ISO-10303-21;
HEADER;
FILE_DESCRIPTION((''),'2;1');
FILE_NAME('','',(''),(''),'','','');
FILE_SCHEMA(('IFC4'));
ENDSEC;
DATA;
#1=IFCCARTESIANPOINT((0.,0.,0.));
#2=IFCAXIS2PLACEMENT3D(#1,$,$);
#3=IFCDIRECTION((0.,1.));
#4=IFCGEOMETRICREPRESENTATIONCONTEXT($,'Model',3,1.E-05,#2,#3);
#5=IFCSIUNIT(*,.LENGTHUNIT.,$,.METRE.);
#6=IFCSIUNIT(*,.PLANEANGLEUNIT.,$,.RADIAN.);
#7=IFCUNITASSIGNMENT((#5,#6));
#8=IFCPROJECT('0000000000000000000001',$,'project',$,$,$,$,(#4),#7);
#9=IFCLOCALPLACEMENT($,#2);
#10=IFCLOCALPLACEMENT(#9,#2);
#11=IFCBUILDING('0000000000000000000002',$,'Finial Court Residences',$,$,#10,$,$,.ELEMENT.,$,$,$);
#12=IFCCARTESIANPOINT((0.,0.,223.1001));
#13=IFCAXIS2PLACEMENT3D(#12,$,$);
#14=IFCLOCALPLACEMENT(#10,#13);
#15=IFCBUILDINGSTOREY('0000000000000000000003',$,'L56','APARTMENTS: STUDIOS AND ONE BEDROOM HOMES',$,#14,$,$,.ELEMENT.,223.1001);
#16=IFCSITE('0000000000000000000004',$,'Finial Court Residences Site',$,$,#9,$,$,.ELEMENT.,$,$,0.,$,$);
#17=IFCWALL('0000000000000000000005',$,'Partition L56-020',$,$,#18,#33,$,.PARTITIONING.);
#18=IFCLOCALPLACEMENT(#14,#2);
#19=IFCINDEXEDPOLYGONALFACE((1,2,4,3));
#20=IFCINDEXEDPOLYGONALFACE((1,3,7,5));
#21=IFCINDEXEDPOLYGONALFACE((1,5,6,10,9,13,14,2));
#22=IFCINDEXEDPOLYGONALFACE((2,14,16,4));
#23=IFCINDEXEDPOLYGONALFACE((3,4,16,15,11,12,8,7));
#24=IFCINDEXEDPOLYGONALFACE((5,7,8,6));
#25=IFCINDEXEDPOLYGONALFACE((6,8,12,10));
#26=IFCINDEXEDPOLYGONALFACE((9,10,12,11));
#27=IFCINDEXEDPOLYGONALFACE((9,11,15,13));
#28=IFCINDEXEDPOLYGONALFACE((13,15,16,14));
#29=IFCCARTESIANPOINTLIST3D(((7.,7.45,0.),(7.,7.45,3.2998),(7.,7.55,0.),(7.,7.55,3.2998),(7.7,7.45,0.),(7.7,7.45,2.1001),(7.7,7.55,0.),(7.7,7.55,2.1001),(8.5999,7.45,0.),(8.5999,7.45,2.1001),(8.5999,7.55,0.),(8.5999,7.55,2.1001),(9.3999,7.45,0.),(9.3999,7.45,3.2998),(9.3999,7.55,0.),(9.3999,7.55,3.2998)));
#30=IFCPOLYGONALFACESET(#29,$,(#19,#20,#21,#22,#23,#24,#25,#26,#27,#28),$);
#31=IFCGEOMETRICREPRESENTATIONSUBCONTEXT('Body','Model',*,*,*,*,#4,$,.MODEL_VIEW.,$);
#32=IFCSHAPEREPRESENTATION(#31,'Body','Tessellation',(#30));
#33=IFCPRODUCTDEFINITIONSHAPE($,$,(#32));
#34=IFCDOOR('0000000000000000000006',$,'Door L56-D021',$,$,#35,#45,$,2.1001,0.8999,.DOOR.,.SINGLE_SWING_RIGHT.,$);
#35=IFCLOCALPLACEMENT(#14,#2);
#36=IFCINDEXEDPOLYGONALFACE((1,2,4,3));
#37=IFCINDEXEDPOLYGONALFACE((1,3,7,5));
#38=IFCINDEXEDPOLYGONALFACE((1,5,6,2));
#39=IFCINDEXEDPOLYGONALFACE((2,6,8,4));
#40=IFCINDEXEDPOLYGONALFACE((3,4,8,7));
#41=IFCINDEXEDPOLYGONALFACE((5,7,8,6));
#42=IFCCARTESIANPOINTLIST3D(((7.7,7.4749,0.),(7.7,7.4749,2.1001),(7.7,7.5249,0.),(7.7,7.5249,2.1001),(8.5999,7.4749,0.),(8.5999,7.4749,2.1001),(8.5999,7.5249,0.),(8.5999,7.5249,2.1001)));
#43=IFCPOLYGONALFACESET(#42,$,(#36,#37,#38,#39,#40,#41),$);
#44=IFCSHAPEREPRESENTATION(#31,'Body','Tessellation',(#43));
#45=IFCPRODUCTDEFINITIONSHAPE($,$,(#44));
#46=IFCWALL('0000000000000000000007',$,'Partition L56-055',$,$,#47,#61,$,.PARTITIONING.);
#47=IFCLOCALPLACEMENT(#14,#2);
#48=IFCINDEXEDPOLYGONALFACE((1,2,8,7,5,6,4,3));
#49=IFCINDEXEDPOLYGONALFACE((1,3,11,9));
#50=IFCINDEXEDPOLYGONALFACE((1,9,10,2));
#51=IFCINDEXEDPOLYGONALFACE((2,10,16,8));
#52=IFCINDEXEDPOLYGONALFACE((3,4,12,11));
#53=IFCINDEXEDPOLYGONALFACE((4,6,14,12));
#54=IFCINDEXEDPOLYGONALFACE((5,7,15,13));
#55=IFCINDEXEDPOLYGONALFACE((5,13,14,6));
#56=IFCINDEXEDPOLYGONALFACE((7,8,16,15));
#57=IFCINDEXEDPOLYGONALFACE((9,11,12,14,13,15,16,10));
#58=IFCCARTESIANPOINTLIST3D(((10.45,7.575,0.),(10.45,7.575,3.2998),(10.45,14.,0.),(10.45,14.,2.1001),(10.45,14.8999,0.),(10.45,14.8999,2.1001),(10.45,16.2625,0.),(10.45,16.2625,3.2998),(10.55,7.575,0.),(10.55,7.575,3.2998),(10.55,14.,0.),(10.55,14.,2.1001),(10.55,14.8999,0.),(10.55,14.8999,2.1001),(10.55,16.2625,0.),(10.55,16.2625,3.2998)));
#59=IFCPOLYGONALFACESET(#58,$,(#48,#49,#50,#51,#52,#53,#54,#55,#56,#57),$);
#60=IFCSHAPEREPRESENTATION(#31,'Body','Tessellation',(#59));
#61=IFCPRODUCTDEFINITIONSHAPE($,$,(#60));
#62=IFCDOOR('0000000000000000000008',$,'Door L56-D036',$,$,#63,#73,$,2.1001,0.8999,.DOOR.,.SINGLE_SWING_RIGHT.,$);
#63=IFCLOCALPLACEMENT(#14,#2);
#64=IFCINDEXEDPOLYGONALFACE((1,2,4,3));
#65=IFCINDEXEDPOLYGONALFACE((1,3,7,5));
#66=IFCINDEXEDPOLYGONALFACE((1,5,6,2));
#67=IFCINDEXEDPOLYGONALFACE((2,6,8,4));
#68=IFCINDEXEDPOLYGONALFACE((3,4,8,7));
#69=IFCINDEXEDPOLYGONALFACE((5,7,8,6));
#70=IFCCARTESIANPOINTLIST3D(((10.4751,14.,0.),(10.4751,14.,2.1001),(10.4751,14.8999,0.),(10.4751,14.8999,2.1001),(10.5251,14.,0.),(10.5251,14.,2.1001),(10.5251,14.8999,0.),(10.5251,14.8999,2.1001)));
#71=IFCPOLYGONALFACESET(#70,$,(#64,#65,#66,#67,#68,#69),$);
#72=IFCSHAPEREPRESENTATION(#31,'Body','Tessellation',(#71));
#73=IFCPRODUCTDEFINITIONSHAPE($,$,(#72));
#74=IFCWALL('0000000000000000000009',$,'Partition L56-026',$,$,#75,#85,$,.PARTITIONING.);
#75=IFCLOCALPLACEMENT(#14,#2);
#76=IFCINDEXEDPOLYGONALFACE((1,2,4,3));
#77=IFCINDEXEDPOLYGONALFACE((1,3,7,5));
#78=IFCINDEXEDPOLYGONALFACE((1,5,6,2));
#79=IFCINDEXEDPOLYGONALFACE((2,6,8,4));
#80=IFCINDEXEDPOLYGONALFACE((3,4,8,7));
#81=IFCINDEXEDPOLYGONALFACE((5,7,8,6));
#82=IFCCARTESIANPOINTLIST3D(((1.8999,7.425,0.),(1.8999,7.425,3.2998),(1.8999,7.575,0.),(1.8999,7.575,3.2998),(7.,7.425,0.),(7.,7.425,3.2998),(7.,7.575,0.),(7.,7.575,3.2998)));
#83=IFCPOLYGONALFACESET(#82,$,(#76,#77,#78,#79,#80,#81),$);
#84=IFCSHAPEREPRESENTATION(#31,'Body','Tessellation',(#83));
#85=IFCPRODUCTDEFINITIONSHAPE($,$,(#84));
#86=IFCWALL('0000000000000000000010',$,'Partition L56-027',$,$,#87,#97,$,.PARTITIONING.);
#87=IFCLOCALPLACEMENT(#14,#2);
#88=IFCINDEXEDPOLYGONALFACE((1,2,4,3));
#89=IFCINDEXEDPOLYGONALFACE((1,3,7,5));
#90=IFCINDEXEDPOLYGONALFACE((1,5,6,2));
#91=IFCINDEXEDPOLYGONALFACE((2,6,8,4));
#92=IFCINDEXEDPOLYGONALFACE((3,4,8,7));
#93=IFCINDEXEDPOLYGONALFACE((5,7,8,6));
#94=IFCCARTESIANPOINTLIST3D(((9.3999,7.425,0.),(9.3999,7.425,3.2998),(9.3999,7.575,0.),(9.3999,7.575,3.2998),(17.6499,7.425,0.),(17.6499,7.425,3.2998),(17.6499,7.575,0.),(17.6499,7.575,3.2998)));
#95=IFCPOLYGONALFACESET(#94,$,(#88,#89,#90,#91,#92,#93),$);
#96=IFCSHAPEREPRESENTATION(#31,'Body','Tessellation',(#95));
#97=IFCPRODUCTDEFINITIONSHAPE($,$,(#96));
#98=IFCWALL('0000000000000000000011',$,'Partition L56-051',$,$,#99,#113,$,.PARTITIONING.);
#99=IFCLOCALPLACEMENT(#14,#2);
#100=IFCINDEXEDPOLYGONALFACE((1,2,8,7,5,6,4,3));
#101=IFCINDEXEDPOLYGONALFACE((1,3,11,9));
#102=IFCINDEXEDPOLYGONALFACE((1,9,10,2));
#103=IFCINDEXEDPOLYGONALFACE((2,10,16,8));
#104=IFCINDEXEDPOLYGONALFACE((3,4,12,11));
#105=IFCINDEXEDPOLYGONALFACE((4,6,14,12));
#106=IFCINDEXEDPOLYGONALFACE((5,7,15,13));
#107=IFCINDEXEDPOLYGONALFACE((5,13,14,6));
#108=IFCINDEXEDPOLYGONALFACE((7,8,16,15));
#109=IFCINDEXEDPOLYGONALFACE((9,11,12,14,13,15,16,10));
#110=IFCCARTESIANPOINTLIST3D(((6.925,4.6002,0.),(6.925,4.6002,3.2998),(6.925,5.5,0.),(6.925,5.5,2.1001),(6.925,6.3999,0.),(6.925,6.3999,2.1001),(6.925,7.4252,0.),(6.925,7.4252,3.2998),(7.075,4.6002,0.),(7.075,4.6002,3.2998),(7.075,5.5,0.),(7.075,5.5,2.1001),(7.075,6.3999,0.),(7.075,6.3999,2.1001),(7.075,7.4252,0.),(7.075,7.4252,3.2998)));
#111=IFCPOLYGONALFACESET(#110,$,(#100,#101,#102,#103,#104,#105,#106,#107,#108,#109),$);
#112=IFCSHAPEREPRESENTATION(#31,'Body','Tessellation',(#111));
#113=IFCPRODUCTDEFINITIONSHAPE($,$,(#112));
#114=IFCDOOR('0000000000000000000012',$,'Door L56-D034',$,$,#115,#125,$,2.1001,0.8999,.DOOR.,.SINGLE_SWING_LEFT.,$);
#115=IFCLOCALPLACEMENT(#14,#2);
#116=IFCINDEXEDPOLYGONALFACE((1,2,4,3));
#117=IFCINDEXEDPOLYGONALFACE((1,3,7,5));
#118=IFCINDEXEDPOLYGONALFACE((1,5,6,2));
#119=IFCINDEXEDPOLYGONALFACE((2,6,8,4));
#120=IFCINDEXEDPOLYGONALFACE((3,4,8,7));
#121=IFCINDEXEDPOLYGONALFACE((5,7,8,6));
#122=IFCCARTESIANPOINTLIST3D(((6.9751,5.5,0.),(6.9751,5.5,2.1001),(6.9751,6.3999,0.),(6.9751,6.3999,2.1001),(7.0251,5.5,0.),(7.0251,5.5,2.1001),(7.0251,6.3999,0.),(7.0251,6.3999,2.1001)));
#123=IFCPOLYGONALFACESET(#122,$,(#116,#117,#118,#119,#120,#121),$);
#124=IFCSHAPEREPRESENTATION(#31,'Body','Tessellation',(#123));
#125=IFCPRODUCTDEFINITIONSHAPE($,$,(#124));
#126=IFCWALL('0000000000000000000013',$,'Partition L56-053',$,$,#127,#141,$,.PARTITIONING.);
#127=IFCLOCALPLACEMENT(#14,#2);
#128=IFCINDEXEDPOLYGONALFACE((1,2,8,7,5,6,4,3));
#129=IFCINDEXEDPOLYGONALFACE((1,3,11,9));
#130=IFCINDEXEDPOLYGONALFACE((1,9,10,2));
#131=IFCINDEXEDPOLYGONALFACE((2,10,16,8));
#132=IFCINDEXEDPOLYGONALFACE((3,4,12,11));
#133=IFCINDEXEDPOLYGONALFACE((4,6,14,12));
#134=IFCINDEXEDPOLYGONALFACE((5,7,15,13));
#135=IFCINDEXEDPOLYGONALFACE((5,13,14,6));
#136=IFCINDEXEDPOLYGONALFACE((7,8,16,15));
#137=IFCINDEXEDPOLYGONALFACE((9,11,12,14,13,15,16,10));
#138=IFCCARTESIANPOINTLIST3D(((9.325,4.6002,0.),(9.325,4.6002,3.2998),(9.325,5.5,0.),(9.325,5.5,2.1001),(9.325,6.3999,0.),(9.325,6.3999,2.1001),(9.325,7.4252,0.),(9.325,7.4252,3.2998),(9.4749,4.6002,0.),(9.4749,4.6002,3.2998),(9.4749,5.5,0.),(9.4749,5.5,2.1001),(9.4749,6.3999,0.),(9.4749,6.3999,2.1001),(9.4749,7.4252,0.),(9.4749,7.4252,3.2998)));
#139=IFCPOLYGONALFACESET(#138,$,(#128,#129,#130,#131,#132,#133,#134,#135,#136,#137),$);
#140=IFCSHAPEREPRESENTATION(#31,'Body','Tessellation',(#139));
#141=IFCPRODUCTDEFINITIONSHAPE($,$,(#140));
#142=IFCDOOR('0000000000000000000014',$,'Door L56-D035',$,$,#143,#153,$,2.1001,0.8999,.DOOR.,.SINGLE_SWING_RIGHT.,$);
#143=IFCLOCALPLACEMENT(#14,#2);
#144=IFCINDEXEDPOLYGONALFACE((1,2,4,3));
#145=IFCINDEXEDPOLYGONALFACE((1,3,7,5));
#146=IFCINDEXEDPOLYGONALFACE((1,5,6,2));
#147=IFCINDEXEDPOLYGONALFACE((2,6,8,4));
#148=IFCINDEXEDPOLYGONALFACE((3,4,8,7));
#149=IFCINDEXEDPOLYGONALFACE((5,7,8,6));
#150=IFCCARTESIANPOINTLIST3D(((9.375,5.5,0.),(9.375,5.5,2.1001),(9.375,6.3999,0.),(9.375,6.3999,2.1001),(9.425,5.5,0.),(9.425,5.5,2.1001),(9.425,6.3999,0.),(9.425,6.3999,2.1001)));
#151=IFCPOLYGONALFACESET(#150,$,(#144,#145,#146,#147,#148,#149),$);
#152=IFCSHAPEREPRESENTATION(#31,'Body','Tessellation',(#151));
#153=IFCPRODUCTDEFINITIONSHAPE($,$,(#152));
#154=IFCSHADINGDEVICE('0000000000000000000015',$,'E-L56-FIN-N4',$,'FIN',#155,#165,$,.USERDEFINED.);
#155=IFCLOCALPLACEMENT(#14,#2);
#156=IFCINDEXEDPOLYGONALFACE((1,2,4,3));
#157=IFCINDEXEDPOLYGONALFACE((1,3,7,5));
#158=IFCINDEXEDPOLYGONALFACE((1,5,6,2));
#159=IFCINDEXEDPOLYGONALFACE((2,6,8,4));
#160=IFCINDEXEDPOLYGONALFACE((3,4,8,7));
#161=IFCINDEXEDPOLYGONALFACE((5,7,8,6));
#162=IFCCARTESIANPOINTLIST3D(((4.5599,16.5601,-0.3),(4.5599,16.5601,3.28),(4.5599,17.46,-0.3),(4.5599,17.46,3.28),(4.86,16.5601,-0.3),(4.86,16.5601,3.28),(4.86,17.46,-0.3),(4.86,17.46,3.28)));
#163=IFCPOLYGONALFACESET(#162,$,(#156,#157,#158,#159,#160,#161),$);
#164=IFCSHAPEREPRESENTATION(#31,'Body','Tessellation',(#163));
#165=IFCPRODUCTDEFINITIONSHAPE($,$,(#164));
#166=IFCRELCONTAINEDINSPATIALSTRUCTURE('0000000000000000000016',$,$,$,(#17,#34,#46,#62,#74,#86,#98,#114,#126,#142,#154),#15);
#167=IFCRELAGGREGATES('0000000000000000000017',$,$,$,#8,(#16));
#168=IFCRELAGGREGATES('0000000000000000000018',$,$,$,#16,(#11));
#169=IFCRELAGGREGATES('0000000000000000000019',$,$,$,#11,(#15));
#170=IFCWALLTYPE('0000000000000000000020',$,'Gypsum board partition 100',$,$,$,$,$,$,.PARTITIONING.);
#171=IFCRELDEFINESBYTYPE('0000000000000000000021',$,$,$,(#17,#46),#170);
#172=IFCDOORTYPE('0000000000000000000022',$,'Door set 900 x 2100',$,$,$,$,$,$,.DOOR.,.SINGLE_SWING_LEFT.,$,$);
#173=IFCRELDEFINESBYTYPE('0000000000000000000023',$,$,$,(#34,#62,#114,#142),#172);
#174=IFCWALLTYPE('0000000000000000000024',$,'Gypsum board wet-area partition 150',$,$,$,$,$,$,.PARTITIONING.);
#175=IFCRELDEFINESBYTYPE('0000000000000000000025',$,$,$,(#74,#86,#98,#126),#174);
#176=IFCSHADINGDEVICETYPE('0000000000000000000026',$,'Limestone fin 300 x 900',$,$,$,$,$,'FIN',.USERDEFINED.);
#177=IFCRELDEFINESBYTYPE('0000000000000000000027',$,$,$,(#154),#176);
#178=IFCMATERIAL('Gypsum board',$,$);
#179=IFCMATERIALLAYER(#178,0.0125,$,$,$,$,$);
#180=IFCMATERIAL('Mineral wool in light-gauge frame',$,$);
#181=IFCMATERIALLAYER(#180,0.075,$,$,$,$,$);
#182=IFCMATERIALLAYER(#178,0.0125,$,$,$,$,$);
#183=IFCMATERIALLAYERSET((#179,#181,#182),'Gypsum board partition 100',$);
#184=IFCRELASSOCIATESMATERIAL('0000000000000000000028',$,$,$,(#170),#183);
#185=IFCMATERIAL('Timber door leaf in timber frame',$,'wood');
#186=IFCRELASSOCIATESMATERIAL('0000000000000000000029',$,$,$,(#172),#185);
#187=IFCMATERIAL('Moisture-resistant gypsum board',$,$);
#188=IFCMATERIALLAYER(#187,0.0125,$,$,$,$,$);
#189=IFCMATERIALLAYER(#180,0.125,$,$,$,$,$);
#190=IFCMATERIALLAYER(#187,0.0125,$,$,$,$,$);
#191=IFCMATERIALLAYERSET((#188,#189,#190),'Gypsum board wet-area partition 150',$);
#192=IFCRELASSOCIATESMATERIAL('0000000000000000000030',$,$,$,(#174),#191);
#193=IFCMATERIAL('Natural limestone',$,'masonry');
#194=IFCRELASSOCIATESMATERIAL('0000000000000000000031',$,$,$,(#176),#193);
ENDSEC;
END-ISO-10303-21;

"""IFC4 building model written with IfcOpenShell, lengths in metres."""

from ifc_helpers import new_model, si_unit, direction, frame, frame_2d, origin, origin_2d, place, context, subcontext, project, spatial, rectangle, extrude, material, layer, layer_set, type_object, element, fill, save


model = new_model("IFC4")

# Units and contexts
model_context = context("Model", 3, precision=1e-05, world=origin(), true_north=direction((0.0, 1.0)))
body_context = subcontext(model_context, "Body", "Model", "MODEL_VIEW")
ifc_project = project(units=[si_unit("LENGTHUNIT", "METRE"), si_unit("PLANEANGLEUNIT", "RADIAN")], contexts=[model_context])

# Site, building, storey
site_placement = place(None, origin())
site = spatial("IfcSite", under=ifc_project, at=site_placement, Name="Finial Court Residences Site", CompositionType="ELEMENT", RefElevation=0.0)
building_placement = place(site_placement, origin())
building = spatial("IfcBuilding", under=site, at=building_placement, Name="Finial Court Residences", CompositionType="ELEMENT")
storey_placement = place(building_placement, frame((0.0, 0.0, 223.1001)))
storey = spatial("IfcBuildingStorey", under=building, at=storey_placement, Name="L56", Description="APARTMENTS: STUDIOS AND ONE BEDROOM HOMES", CompositionType="ELEMENT", Elevation=223.1001)

# Shared definitions
ifc_material_1 = material(Name="Gypsum board")

# Walls, openings, doors
ifc_layer_1 = layer(ifc_material_1, 0.0125)
ifc_material_2 = material(Name="Mineral wool in light-gauge frame")
ifc_layer_2 = layer(ifc_material_2, 0.075)
ifc_layer_3 = layer(ifc_material_1, 0.0125)
ifc_layer_set_1 = layer_set([ifc_layer_1, ifc_layer_2, ifc_layer_3], Name="Gypsum board partition 100")
wall_type_1 = type_object("IfcWallType", Name="Gypsum board partition 100", PredefinedType="PARTITIONING", material=ifc_layer_set_1)
wall_1_placement = place(storey_placement, frame((7.0, 7.5, 0.0), z_axis=(0.0, 0.0, 1.0), x_axis=(1.0, 0.0, 0.0)))
wall_1 = element("IfcWall", 1, at=wall_1_placement, inside=storey, type_object=wall_type_1, Name="Partition L56-020", PredefinedType="PARTITIONING", context=body_context, shape_type="SweptSolid", body=[
    extrude(rectangle(XDim=2.3999, YDim=0.1001, at=frame_2d((1.2, 0.0))), origin(), (0.0, 0.0, 1.0), 3.2998),
])
opening_1_placement = place(wall_1_placement, frame((0.7, 0.0, 0.0)))
opening_1 = element("IfcOpeningElement", 2, at=opening_1_placement, cuts=wall_1, PredefinedType="OPENING", context=body_context, shape_type="SweptSolid", body=[
    extrude(rectangle(XDim=0.8999, YDim=2.1001, at=frame_2d((0.45, 1.05))), frame((0.0, 0.0601, 0.0), z_axis=(0.0, -1.0, 0.0), x_axis=(1.0, 0.0, 0.0)), (0.0, 0.0, 1.0), 0.1201),
])
ifc_material_3 = material(Name="Timber door leaf in timber frame", Category="wood")
door_type = type_object("IfcDoorType", Name="Door set 900 x 2100", OperationType="SINGLE_SWING_LEFT", PredefinedType="DOOR", material=ifc_material_3)
door_1_placement = place(opening_1_placement, origin())
door_1 = element("IfcDoor", 3, at=door_1_placement, inside=storey, type_object=door_type, Name="Door L56-D021", OperationType="SINGLE_SWING_RIGHT", OverallHeight=2.1001, OverallWidth=0.8999, PredefinedType="DOOR", context=body_context, shape_type="SweptSolid", body=[
    extrude(rectangle(XDim=0.8999, YDim=2.1001, at=frame_2d((0.45, 1.05))), frame((0.0, 0.0249, 0.0), z_axis=(0.0, -1.0, 0.0), x_axis=(1.0, 0.0, 0.0)), (0.0, 0.0, 1.0), 0.05),
])
fill(opening_1, door_1)
wall_2_placement = place(storey_placement, frame((10.5, 7.575, 0.0), z_axis=(0.0, 0.0, 1.0), x_axis=(0.0, 1.0, 0.0)))
wall_2 = element("IfcWall", 4, at=wall_2_placement, inside=storey, type_object=wall_type_1, Name="Partition L56-055", PredefinedType="PARTITIONING", context=body_context, shape_type="SweptSolid", body=[
    extrude(rectangle(XDim=8.6875, YDim=0.1001, at=frame_2d((4.3438, 0.0))), origin(), (0.0, 0.0, 1.0), 3.2998),
])
opening_2_placement = place(wall_2_placement, frame((6.425, 0.0, 0.0)))
opening_2 = element("IfcOpeningElement", 5, at=opening_2_placement, cuts=wall_2, PredefinedType="OPENING", context=body_context, shape_type="SweptSolid", body=[
    extrude(rectangle(XDim=0.8999, YDim=2.1001, at=frame_2d((0.45, 1.05))), frame((0.0, 0.0601, 0.0), z_axis=(0.0, -1.0, 0.0), x_axis=(1.0, 0.0, 0.0)), (0.0, 0.0, 1.0), 0.1201),
])
door_2_placement = place(opening_2_placement, origin())
door_2 = element("IfcDoor", 6, at=door_2_placement, inside=storey, type_object=door_type, Name="Door L56-D036", OperationType="SINGLE_SWING_RIGHT", OverallHeight=2.1001, OverallWidth=0.8999, PredefinedType="DOOR", context=body_context, shape_type="SweptSolid", body=[
    extrude(rectangle(XDim=0.8999, YDim=2.1001, at=frame_2d((0.45, 1.05))), frame((0.0, 0.0249, 0.0), z_axis=(0.0, -1.0, 0.0), x_axis=(1.0, 0.0, 0.0)), (0.0, 0.0, 1.0), 0.05),
])
fill(opening_2, door_2)

# Walls
ifc_material_4 = material(Name="Moisture-resistant gypsum board")
ifc_layer_4 = layer(ifc_material_4, 0.0125)
ifc_layer_5 = layer(ifc_material_2, 0.125)
ifc_layer_6 = layer(ifc_material_4, 0.0125)
ifc_layer_set_2 = layer_set([ifc_layer_4, ifc_layer_5, ifc_layer_6], Name="Gypsum board wet-area partition 150")
wall_type_2 = type_object("IfcWallType", Name="Gypsum board wet-area partition 150", PredefinedType="PARTITIONING", material=ifc_layer_set_2)
wall_3_placement = place(storey_placement, frame((1.8999, 7.5, 0.0), z_axis=(0.0, 0.0, 1.0), x_axis=(1.0, 0.0, 0.0)))
element("IfcWall", 7, at=wall_3_placement, inside=storey, type_object=wall_type_2, Name="Partition L56-026", PredefinedType="PARTITIONING", context=body_context, shape_type="SweptSolid", body=[
    extrude(rectangle(XDim=5.1001, YDim=0.1499, at=frame_2d((2.55, 0.0))), origin(), (0.0, 0.0, 1.0), 3.2998),
])
wall_4_placement = place(storey_placement, frame((9.3999, 7.5, 0.0), z_axis=(0.0, 0.0, 1.0), x_axis=(1.0, 0.0, 0.0)))
element("IfcWall", 8, at=wall_4_placement, inside=storey, type_object=wall_type_2, Name="Partition L56-027", PredefinedType="PARTITIONING", context=body_context, shape_type="SweptSolid", body=[
    extrude(rectangle(XDim=8.25, YDim=0.1499, at=frame_2d((4.125, 0.0))), origin(), (0.0, 0.0, 1.0), 3.2998),
])

# Walls, openings, doors
wall_5_placement = place(storey_placement, frame((7.0, 4.6001, 0.0), z_axis=(0.0, 0.0, 1.0), x_axis=(0.0, 1.0, 0.0)))
wall_5 = element("IfcWall", 9, at=wall_5_placement, inside=storey, type_object=wall_type_2, Name="Partition L56-051", PredefinedType="PARTITIONING", context=body_context, shape_type="SweptSolid", body=[
    extrude(rectangle(XDim=2.825, YDim=0.1499, at=frame_2d((1.4126, 0.0))), origin(), (0.0, 0.0, 1.0), 3.2998),
])
opening_3_placement = place(wall_5_placement, frame((0.8999, 0.0, 0.0)))
opening_3 = element("IfcOpeningElement", 10, at=opening_3_placement, cuts=wall_5, PredefinedType="OPENING", context=body_context, shape_type="SweptSolid", body=[
    extrude(rectangle(XDim=0.8999, YDim=2.1001, at=frame_2d((0.45, 1.05))), frame((0.0, 0.085, 0.0), z_axis=(0.0, -1.0, 0.0), x_axis=(1.0, 0.0, 0.0)), (0.0, 0.0, 1.0), 0.1699),
])
door_3_placement = place(opening_3_placement, origin())
door_3 = element("IfcDoor", 11, at=door_3_placement, inside=storey, type_object=door_type, Name="Door L56-D034", OperationType="SINGLE_SWING_LEFT", OverallHeight=2.1001, OverallWidth=0.8999, PredefinedType="DOOR", context=body_context, shape_type="SweptSolid", body=[
    extrude(rectangle(XDim=0.8999, YDim=2.1001, at=frame_2d((0.45, 1.05))), frame((0.0, 0.0249, 0.0), z_axis=(0.0, -1.0, 0.0), x_axis=(1.0, 0.0, 0.0)), (0.0, 0.0, 1.0), 0.05),
])
fill(opening_3, door_3)
wall_6_placement = place(storey_placement, frame((9.3999, 4.6001, 0.0), z_axis=(0.0, 0.0, 1.0), x_axis=(0.0, 1.0, 0.0)))
wall_6 = element("IfcWall", 12, at=wall_6_placement, inside=storey, type_object=wall_type_2, Name="Partition L56-053", PredefinedType="PARTITIONING", context=body_context, shape_type="SweptSolid", body=[
    extrude(rectangle(XDim=2.825, YDim=0.1499, at=frame_2d((1.4126, 0.0))), origin(), (0.0, 0.0, 1.0), 3.2998),
])
opening_4_placement = place(wall_6_placement, frame((0.8999, 0.0, 0.0)))
opening_4 = element("IfcOpeningElement", 13, at=opening_4_placement, cuts=wall_6, PredefinedType="OPENING", context=body_context, shape_type="SweptSolid", body=[
    extrude(rectangle(XDim=0.8999, YDim=2.1001, at=frame_2d((0.45, 1.05))), frame((0.0, 0.085, 0.0), z_axis=(0.0, -1.0, 0.0), x_axis=(1.0, 0.0, 0.0)), (0.0, 0.0, 1.0), 0.1699),
])
door_4_placement = place(opening_4_placement, origin())
door_4 = element("IfcDoor", 14, at=door_4_placement, inside=storey, type_object=door_type, Name="Door L56-D035", OperationType="SINGLE_SWING_RIGHT", OverallHeight=2.1001, OverallWidth=0.8999, PredefinedType="DOOR", context=body_context, shape_type="SweptSolid", body=[
    extrude(rectangle(XDim=0.8999, YDim=2.1001, at=frame_2d((0.45, 1.05))), frame((0.0, 0.0249, 0.0), z_axis=(0.0, -1.0, 0.0), x_axis=(1.0, 0.0, 0.0)), (0.0, 0.0, 1.0), 0.05),
])
fill(opening_4, door_4)

# Shading device
ifc_material_5 = material(Name="Natural limestone", Category="masonry")
shading_device_type = type_object("IfcShadingDeviceType", Name="Limestone fin 300 x 900", ElementType="FIN", PredefinedType="USERDEFINED", material=ifc_material_5)
shading_device_placement = place(storey_placement, frame((4.71, 17.01, -0.3), z_axis=(0.0, 0.0, 1.0), x_axis=(1.0, 0.0, 0.0)))
element("IfcShadingDevice", 15, at=shading_device_placement, inside=storey, type_object=shading_device_type, Name="E-L56-FIN-N4", ObjectType="FIN", PredefinedType="USERDEFINED", context=body_context, shape_type="SweptSolid", body=[
    extrude(rectangle(XDim=0.3, YDim=0.8999, at=origin_2d()), origin(), (0.0, 0.0, 1.0), 3.5801),
])

save(model, "model.ifc")
